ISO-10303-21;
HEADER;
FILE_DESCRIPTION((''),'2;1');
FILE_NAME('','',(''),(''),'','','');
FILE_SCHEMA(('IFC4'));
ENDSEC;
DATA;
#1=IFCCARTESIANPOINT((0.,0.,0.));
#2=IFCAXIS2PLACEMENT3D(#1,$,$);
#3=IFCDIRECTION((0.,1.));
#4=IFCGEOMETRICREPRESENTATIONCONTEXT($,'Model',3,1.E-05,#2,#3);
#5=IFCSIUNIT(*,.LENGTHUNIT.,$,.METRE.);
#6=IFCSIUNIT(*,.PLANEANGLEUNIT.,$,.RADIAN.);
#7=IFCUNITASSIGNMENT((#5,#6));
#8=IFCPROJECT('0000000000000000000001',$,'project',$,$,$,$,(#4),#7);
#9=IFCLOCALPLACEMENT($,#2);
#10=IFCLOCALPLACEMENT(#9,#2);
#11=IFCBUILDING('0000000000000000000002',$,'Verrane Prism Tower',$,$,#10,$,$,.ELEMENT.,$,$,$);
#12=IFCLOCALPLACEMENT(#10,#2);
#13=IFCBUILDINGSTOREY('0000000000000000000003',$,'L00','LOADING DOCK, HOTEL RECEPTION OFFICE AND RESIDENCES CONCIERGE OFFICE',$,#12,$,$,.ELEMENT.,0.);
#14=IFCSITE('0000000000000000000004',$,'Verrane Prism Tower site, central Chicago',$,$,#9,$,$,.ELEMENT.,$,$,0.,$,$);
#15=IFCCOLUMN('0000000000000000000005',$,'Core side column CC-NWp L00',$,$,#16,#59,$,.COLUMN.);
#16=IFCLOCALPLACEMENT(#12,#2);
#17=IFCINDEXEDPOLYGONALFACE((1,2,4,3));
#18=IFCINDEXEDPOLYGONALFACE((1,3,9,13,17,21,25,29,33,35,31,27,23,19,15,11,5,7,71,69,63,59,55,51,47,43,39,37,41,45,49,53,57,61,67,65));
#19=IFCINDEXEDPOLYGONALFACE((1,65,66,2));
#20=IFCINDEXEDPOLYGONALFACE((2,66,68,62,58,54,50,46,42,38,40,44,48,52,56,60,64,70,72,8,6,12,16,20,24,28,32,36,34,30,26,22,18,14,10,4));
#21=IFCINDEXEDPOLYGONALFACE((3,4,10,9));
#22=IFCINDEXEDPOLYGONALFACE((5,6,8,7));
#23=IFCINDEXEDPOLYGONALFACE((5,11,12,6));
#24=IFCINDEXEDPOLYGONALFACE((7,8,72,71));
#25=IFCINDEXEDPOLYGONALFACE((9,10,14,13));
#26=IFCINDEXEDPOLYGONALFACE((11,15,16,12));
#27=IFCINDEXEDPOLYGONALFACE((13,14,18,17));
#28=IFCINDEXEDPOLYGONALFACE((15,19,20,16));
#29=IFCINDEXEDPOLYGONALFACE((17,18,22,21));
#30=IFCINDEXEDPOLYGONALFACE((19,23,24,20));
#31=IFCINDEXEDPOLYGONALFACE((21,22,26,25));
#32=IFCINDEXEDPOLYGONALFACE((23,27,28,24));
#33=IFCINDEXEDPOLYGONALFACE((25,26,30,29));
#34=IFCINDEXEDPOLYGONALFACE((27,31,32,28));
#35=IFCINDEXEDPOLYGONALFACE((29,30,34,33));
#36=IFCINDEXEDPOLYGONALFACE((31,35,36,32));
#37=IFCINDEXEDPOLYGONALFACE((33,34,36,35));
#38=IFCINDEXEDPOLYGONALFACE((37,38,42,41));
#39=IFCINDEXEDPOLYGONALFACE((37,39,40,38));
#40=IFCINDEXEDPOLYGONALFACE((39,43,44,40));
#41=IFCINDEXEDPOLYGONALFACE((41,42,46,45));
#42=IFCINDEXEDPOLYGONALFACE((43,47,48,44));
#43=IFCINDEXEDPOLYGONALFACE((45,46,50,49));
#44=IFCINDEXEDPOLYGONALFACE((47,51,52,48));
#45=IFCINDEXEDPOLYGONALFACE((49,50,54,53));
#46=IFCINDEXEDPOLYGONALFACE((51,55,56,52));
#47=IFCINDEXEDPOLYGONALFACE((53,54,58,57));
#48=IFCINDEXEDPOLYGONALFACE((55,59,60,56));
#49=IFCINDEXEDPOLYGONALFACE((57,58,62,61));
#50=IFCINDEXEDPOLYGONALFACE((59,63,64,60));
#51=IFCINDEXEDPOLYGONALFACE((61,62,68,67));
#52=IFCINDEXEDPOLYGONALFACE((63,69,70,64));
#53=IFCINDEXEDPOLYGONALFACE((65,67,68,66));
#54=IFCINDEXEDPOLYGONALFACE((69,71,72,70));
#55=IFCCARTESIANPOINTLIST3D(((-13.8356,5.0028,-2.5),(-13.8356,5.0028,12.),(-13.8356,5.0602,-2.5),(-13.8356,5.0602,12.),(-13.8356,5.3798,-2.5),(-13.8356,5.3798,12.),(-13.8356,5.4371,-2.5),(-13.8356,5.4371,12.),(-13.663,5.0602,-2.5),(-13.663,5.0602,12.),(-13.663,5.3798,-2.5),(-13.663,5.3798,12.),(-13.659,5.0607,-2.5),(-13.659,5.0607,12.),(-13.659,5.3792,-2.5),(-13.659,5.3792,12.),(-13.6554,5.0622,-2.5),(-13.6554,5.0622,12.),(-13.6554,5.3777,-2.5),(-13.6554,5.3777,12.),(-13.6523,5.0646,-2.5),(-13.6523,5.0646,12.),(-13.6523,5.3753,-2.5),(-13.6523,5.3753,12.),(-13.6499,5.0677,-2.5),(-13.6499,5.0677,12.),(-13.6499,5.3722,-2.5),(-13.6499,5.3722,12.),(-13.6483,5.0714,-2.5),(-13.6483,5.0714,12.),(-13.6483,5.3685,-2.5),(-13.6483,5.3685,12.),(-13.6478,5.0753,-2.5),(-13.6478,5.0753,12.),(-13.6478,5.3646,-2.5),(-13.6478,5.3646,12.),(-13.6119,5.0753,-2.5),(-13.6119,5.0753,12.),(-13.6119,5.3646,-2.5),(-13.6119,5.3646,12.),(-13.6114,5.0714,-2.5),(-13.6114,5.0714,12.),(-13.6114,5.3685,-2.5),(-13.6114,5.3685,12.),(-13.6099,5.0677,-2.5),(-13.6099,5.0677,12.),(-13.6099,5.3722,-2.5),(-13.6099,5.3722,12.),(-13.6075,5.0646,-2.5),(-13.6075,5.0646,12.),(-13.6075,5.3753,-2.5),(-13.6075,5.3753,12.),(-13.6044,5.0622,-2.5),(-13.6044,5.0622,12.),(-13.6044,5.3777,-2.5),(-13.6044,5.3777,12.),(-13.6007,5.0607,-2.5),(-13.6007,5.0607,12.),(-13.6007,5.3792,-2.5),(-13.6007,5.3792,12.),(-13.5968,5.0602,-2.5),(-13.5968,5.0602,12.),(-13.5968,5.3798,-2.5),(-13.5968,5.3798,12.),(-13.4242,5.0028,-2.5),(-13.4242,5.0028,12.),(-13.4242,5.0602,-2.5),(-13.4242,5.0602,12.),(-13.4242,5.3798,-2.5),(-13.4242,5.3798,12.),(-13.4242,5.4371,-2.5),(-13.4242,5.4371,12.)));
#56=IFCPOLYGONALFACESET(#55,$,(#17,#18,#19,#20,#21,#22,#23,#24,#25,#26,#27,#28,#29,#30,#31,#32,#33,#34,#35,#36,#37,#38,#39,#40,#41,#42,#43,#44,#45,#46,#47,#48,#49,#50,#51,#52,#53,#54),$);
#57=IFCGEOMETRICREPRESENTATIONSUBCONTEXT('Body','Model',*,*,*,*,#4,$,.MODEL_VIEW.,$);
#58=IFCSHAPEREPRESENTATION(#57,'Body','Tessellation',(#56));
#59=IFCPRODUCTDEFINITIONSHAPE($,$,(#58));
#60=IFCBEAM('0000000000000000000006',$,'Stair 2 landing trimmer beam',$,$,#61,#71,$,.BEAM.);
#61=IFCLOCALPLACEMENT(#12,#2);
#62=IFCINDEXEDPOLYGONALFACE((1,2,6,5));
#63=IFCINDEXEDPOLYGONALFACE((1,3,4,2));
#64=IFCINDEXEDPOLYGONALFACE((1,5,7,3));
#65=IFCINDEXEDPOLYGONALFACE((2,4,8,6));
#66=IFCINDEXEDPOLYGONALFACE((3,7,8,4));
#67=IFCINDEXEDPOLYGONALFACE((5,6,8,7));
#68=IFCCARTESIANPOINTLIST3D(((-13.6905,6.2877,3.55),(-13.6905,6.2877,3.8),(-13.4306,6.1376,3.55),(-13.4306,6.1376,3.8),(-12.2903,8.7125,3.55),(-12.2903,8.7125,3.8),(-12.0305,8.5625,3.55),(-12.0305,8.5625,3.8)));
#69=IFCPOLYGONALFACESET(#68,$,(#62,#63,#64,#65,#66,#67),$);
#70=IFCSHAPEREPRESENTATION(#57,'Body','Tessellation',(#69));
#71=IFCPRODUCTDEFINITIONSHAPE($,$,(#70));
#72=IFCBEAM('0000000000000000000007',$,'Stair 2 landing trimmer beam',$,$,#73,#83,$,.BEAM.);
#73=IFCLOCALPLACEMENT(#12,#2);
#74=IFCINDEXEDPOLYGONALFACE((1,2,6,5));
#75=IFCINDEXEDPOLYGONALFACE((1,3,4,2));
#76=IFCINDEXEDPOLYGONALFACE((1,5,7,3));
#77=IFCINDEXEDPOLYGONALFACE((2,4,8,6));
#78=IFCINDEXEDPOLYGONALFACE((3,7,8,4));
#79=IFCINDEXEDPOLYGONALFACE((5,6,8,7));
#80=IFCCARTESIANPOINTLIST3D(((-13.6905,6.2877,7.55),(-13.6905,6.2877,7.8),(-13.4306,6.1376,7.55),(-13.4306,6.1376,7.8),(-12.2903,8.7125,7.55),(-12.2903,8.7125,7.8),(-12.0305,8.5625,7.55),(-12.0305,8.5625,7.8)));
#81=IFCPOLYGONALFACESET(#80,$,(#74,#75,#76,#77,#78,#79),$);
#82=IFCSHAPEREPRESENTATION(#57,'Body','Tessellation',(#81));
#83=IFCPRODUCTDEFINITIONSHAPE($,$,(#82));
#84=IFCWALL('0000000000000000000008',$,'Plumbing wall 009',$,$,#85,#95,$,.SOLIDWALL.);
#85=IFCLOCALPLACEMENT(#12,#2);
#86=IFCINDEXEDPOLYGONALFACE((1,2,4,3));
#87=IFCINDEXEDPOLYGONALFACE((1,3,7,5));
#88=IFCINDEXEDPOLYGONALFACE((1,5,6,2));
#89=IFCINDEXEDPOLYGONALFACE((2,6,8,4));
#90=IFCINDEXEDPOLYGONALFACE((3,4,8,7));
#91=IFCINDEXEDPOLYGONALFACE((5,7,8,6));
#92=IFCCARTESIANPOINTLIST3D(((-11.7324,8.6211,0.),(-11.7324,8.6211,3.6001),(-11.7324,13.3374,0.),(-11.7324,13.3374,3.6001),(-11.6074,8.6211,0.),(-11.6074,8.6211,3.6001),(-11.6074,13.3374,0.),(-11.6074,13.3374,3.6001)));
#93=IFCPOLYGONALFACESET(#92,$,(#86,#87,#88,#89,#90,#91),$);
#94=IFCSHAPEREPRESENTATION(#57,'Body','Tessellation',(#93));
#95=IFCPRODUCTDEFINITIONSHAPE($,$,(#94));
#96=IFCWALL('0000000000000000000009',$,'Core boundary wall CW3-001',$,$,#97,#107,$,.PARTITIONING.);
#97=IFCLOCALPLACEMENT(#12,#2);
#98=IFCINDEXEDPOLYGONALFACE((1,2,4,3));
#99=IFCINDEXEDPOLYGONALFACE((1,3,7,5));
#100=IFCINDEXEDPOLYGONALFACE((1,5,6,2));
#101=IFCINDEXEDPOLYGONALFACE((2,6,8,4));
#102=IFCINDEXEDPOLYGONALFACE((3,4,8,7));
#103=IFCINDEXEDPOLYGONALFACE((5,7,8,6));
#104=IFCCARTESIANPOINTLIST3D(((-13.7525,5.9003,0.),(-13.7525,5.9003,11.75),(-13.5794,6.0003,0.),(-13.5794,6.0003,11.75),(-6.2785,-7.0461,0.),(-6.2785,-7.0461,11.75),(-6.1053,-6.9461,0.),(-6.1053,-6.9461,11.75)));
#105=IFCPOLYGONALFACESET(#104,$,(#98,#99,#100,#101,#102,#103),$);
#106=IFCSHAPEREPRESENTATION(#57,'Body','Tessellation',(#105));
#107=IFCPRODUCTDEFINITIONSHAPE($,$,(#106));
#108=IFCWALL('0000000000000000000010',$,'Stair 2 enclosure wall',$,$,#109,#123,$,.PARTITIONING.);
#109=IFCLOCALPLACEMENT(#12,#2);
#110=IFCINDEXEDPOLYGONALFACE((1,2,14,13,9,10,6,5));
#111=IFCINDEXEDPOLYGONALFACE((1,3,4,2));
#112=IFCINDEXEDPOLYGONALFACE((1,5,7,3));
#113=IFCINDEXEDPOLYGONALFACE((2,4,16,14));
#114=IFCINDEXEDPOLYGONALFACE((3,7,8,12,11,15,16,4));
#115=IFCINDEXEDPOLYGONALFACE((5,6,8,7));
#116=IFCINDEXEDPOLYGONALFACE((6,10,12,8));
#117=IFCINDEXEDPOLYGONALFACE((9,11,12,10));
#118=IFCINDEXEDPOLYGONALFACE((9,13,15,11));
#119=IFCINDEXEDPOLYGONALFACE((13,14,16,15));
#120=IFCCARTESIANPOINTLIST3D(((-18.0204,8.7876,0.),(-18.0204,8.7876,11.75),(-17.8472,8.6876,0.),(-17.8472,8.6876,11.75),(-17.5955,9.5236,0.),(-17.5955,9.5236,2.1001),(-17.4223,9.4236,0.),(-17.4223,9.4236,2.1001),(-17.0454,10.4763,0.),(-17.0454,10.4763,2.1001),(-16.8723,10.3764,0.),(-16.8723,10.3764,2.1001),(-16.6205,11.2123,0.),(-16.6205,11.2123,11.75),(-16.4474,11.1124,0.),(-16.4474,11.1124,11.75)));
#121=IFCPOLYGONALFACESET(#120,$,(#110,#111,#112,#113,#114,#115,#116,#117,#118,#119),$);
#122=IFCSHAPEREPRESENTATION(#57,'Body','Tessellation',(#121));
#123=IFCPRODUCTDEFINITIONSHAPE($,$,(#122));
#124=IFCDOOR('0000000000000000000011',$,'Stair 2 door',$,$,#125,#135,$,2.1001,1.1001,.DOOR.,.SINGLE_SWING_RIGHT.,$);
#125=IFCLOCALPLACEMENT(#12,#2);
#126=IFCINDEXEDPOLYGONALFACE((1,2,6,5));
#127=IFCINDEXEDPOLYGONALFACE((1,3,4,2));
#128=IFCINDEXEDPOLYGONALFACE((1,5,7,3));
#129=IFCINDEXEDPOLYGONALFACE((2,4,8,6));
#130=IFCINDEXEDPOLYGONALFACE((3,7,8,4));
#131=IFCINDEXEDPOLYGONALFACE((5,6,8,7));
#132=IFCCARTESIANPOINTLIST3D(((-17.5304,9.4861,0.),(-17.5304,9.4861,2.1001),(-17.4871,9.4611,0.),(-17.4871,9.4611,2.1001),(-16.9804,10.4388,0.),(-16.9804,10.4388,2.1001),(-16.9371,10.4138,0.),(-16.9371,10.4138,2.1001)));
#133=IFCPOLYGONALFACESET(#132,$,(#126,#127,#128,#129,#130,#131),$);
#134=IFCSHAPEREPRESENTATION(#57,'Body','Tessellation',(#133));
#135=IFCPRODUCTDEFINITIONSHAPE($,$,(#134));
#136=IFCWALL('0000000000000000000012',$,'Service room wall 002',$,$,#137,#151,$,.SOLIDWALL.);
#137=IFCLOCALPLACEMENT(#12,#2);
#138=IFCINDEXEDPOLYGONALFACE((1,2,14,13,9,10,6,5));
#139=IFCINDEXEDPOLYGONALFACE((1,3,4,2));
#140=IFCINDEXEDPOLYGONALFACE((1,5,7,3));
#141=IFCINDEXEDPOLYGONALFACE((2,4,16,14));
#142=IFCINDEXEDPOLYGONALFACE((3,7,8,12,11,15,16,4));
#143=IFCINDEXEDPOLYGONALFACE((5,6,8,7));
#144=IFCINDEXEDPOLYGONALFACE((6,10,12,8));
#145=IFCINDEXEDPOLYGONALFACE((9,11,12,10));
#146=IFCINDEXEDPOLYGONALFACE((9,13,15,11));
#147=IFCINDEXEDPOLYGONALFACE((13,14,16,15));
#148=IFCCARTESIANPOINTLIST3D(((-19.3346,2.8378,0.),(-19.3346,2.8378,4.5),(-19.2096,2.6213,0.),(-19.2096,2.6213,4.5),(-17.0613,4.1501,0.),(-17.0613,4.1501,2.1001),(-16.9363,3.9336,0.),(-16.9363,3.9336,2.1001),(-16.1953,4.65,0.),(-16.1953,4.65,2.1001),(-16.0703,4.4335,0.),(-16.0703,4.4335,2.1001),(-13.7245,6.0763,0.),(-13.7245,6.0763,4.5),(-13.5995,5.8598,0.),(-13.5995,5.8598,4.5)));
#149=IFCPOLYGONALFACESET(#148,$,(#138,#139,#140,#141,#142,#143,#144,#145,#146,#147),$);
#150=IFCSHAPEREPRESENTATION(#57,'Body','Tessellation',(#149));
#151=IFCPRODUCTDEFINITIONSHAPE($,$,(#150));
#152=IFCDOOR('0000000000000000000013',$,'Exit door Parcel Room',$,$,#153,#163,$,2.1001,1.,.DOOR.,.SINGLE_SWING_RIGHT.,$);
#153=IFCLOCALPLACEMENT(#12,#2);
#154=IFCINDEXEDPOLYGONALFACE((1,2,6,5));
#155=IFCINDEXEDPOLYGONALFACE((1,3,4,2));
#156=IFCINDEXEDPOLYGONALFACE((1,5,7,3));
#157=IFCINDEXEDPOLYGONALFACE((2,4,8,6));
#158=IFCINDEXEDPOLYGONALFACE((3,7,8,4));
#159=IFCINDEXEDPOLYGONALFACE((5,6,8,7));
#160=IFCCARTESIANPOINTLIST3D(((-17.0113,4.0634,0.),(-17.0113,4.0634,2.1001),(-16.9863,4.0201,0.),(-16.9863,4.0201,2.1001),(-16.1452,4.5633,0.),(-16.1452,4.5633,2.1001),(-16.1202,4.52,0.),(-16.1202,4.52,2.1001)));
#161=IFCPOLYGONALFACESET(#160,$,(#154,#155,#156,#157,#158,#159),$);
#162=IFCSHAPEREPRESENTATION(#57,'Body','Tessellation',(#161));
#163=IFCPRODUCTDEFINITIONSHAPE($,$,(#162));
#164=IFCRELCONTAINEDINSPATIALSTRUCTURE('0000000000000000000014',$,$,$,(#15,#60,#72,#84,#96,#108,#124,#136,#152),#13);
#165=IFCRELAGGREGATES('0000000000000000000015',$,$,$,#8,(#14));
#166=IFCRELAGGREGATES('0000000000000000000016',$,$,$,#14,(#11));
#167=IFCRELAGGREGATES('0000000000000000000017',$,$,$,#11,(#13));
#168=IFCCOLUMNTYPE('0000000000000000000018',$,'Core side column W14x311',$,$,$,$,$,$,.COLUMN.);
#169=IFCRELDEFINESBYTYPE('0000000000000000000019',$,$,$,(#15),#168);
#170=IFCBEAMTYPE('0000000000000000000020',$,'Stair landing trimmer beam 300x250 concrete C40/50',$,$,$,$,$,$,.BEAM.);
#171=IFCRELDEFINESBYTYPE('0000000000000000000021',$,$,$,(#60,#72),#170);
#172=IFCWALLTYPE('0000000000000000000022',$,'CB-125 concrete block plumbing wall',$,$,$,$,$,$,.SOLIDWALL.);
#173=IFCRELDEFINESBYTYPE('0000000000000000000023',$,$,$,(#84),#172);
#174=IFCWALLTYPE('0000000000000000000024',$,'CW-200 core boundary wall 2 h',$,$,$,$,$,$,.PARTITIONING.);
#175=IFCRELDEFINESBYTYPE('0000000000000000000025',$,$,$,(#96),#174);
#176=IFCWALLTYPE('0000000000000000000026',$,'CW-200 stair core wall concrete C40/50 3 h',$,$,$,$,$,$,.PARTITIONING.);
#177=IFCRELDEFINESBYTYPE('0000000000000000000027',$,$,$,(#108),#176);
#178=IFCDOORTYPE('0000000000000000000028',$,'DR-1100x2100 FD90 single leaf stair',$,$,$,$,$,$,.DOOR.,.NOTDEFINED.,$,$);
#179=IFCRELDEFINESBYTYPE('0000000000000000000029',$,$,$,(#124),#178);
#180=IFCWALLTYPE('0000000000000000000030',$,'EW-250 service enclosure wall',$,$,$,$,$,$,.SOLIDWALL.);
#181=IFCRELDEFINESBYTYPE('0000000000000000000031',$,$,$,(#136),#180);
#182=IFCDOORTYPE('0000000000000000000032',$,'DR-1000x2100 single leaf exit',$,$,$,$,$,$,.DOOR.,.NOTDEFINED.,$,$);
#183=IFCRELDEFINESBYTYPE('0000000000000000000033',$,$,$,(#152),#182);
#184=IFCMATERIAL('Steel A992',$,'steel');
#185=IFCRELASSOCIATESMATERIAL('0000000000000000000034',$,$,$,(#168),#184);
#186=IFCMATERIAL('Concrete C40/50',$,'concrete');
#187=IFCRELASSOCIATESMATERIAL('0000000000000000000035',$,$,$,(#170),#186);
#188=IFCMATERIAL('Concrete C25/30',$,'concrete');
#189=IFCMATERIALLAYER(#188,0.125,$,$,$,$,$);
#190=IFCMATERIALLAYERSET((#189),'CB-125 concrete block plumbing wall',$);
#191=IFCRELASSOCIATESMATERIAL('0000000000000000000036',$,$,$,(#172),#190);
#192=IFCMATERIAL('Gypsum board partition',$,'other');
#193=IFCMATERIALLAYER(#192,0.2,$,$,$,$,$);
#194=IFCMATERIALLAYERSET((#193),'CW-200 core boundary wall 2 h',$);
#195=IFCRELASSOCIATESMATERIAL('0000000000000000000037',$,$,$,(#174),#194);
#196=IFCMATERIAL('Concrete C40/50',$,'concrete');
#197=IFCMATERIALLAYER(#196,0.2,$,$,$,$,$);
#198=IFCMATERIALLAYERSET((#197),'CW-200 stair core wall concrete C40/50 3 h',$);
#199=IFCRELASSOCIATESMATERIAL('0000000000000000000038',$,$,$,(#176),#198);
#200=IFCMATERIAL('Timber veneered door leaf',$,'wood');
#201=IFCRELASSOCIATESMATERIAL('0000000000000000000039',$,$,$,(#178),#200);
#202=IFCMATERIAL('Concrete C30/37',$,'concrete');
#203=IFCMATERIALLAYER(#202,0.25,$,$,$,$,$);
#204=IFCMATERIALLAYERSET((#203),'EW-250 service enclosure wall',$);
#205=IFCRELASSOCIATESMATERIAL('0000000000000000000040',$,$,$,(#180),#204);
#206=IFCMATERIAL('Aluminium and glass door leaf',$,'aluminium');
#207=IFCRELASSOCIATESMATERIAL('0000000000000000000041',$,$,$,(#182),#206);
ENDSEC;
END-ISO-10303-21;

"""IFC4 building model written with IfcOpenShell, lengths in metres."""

from ifc_helpers import new_model, si_unit, direction, frame, frame_2d, origin, origin_2d, place, context, subcontext, project, spatial, rectangle, i_section, extrude, material, layer, layer_set, material_profile, profile_set, type_object, element, fill, save


model = new_model("IFC4")

# Units and contexts
model_context = context("Model", 3, precision=1e-05, world=origin(), true_north=direction((0.0, 1.0)))
body_context = subcontext(model_context, "Body", "Model", "MODEL_VIEW")
ifc_project = project(units=[si_unit("LENGTHUNIT", "METRE"), si_unit("PLANEANGLEUNIT", "RADIAN")], contexts=[model_context])

# Site, building, storey
site_placement = place(None, origin())
site = spatial("IfcSite", under=ifc_project, at=site_placement, Name="Verrane Prism Tower site, central Chicago", CompositionType="ELEMENT", RefElevation=0.0)
building_placement = place(site_placement, origin())
building = spatial("IfcBuilding", under=site, at=building_placement, Name="Verrane Prism Tower", CompositionType="ELEMENT")
storey_placement = place(building_placement, origin())
storey = spatial("IfcBuildingStorey", under=building, at=storey_placement, Name="L00", Description="LOADING DOCK, HOTEL RECEPTION OFFICE AND RESIDENCES CONCIERGE OFFICE", CompositionType="ELEMENT", Elevation=0.0)

# Column
ifc_material_1 = material(Name="Steel A992", Category="steel")
ifc_material_profile_1 = material_profile(ifc_material_1, i_section(OverallWidth=0.4114, OverallDepth=0.4343, WebThickness=0.0359, FlangeThickness=0.0574, FilletRadius=0.0151, at=origin_2d()), Name="W14x311")
ifc_profile_set_1 = profile_set([ifc_material_profile_1], Name="Steel A992")
column_type_1 = type_object("IfcColumnType", Name="Core side column W14x311", PredefinedType="COLUMN", material=ifc_profile_set_1)
column_1_placement = place(storey_placement, frame((-13.6299, 5.22, -2.5), z_axis=(0.0, 0.0, 1.0), x_axis=(1.0, 0.0, 0.0)))
element("IfcColumn", 1, at=column_1_placement, inside=storey, type_object=column_type_1, Name="Core side column CC-NWp L00", PredefinedType="COLUMN", context=body_context, shape_type="SweptSolid", body=[
    extrude(i_section(OverallWidth=0.4114, OverallDepth=0.4343, WebThickness=0.0359, FlangeThickness=0.0574, FilletRadius=0.0151, at=origin_2d()), origin(), (0.0, 0.0, 1.0), 14.5),
])

# Beams
ifc_material_2 = material(Name="Concrete C40/50", Category="concrete")
ifc_material_profile_2 = material_profile(ifc_material_2, rectangle(XDim=0.3, YDim=0.25, at=origin_2d()), Name="RC 300x250")
ifc_profile_set_2 = profile_set([ifc_material_profile_2], Name="Concrete C40/50")
beam_type = type_object("IfcBeamType", Name="Stair landing trimmer beam 300x250 concrete C40/50", PredefinedType="BEAM", material=ifc_profile_set_2)
for number, where, z_axis, x_axis, name in (
    (2, (-13.5605, 6.2126, 3.675), (0.50005, 0.865997, 0.0), (-0.865997, 0.50005, 0.0), "Stair 2 landing trimmer beam"),
    (3, (-13.5605, 6.2126, 7.675), (0.50005, 0.865997, 0.0), (-0.865997, 0.50005, 0.0), "Stair 2 landing trimmer beam"),
):
    element("IfcBeam", number, at=place(storey_placement, frame(where, z_axis=z_axis, x_axis=x_axis)), inside=storey, type_object=beam_type, Name=name, PredefinedType="BEAM", context=body_context, shape_type="SweptSolid", body=[
        extrude(rectangle(XDim=0.3, YDim=0.25, at=origin_2d()), origin(), (0.0, 0.0, 1.0), 2.8),
    ])

# Walls
ifc_material_3 = material(Name="Concrete C25/30", Category="concrete")
ifc_layer_1 = layer(ifc_material_3, 0.125)
ifc_layer_set_1 = layer_set([ifc_layer_1], Name="CB-125 concrete block plumbing wall")
wall_type_1 = type_object("IfcWallType", Name="CB-125 concrete block plumbing wall", PredefinedType="SOLIDWALL", material=ifc_layer_set_1)
wall_1_placement = place(storey_placement, frame((-11.6699, 8.6211, 0.0), z_axis=(0.0, 0.0, 1.0), x_axis=(0.0, 1.0, 0.0)))
element("IfcWall", 4, at=wall_1_placement, inside=storey, type_object=wall_type_1, Name="Plumbing wall 009", PredefinedType="SOLIDWALL", context=body_context, shape_type="SweptSolid", body=[
    extrude(rectangle(XDim=4.7163, YDim=0.125, at=frame_2d((2.3582, 0.0))), origin(), (0.0, 0.0, 1.0), 3.6001),
])
ifc_material_4 = material(Name="Gypsum board partition", Category="other")
ifc_layer_2 = layer(ifc_material_4, 0.2)
ifc_layer_set_2 = layer_set([ifc_layer_2], Name="CW-200 core boundary wall 2 h")
wall_type_2 = type_object("IfcWallType", Name="CW-200 core boundary wall 2 h", PredefinedType="PARTITIONING", material=ifc_layer_set_2)
wall_2_placement = place(storey_placement, frame((-13.666, 5.9504, 0.0), z_axis=(0.0, 0.0, 1.0), x_axis=(0.499972, -0.866042, 0.0)))
element("IfcWall", 5, at=wall_2_placement, inside=storey, type_object=wall_type_2, Name="Core boundary wall CW3-001", PredefinedType="PARTITIONING", context=body_context, shape_type="SweptSolid", body=[
    extrude(rectangle(XDim=14.949, YDim=0.2, at=frame_2d((7.4746, 0.0))), origin(), (0.0, 0.0, 1.0), 11.75),
])

# Walls, openings, doors
ifc_material_5 = material(Name="Concrete C40/50", Category="concrete")
ifc_layer_3 = layer(ifc_material_5, 0.2)
ifc_layer_set_3 = layer_set([ifc_layer_3], Name="CW-200 stair core wall concrete C40/50 3 h")
wall_type_3 = type_object("IfcWallType", Name="CW-200 stair core wall concrete C40/50 3 h", PredefinedType="PARTITIONING", material=ifc_layer_set_3)
wall_3_placement = place(storey_placement, frame((-16.5339, 11.1624, 0.0), z_axis=(0.0, 0.0, 1.0), x_axis=(-0.499984, -0.866035, 0.0)))
wall_3 = element("IfcWall", 6, at=wall_3_placement, inside=storey, type_object=wall_type_3, Name="Stair 2 enclosure wall", PredefinedType="PARTITIONING", context=body_context, shape_type="SweptSolid", body=[
    extrude(rectangle(XDim=2.7998, YDim=0.2, at=frame_2d((1.3999, 0.0))), origin(), (0.0, 0.0, 1.0), 11.75),
])
opening_1_placement = place(wall_3_placement, frame((0.8499, 0.0, 0.0)))
opening_1 = element("IfcOpeningElement", 7, at=opening_1_placement, cuts=wall_3, PredefinedType="OPENING", context=body_context, shape_type="SweptSolid", body=[
    extrude(rectangle(XDim=1.1001, YDim=2.1001, at=frame_2d((0.55, 1.05))), frame((0.0, 0.1099, 0.0), z_axis=(0.0, -1.0, 0.0), x_axis=(1.0, 0.0, 0.0)), (0.0, 0.0, 1.0), 0.22),
])
ifc_material_6 = material(Name="Timber veneered door leaf", Category="wood")
door_type_1 = type_object("IfcDoorType", Name="DR-1100x2100 FD90 single leaf stair", OperationType="NOTDEFINED", PredefinedType="DOOR", material=ifc_material_6)
door_1_placement = place(opening_1_placement, frame((1.1001, 0.0, 0.0), z_axis=(0.0, 0.0, 1.0), x_axis=(-1.0, 0.0, 0.0)))
door_1 = element("IfcDoor", 8, at=door_1_placement, inside=storey, type_object=door_type_1, Name="Stair 2 door", OperationType="SINGLE_SWING_RIGHT", OverallHeight=2.1001, OverallWidth=1.1001, PredefinedType="DOOR", context=body_context, shape_type="SweptSolid", body=[
    extrude(rectangle(XDim=1.1001, YDim=2.1001, at=frame_2d((0.55, 1.05))), frame((0.0, 0.0249, 0.0), z_axis=(0.0, -1.0, 0.0), x_axis=(1.0, 0.0, 0.0)), (0.0, 0.0, 1.0), 0.05),
])
fill(opening_1, door_1)
ifc_material_7 = material(Name="Concrete C30/37", Category="concrete")
ifc_layer_4 = layer(ifc_material_7, 0.25)
ifc_layer_set_4 = layer_set([ifc_layer_4], Name="EW-250 service enclosure wall")
wall_type_4 = type_object("IfcWallType", Name="EW-250 service enclosure wall", PredefinedType="SOLIDWALL", material=ifc_layer_set_4)
wall_4_placement = place(storey_placement, frame((-13.6621, 5.968, 0.0), z_axis=(0.0, 0.0, 1.0), x_axis=(-0.866057, -0.499945, 0.0)))
wall_4 = element("IfcWall", 9, at=wall_4_placement, inside=storey, type_object=wall_type_4, Name="Service room wall 002", PredefinedType="SOLIDWALL", context=body_context, shape_type="SweptSolid", body=[
    extrude(rectangle(XDim=6.4778, YDim=0.25, at=frame_2d((3.2388, 0.0))), origin(), (0.0, 0.0, 1.0), 4.5),
])
opening_2_placement = place(wall_4_placement, frame((2.8528, 0.0, 0.0)))
opening_2 = element("IfcOpeningElement", 10, at=opening_2_placement, cuts=wall_4, PredefinedType="OPENING", context=body_context, shape_type="SweptSolid", body=[
    extrude(rectangle(XDim=1.0, YDim=2.1001, at=frame_2d((0.5, 1.05))), frame((0.0, 0.135, 0.0), z_axis=(0.0, -1.0, 0.0), x_axis=(1.0, 0.0, 0.0)), (0.0, 0.0, 1.0), 0.27),
])
ifc_material_8 = material(Name="Aluminium and glass door leaf", Category="aluminium")
door_type_2 = type_object("IfcDoorType", Name="DR-1000x2100 single leaf exit", OperationType="NOTDEFINED", PredefinedType="DOOR", material=ifc_material_8)
door_2_placement = place(opening_2_placement, frame((1.0, 0.0, 0.0), z_axis=(0.0, 0.0, 1.0), x_axis=(-1.0, 0.0, 0.0)))
door_2 = element("IfcDoor", 11, at=door_2_placement, inside=storey, type_object=door_type_2, Name="Exit door Parcel Room", OperationType="SINGLE_SWING_RIGHT", OverallHeight=2.1001, OverallWidth=1.0, PredefinedType="DOOR", context=body_context, shape_type="SweptSolid", body=[
    extrude(rectangle(XDim=1.0, YDim=2.1001, at=frame_2d((0.5, 1.05))), frame((0.0, 0.0249, 0.0), z_axis=(0.0, -1.0, 0.0), x_axis=(1.0, 0.0, 0.0)), (0.0, 0.0, 1.0), 0.05),
])
fill(opening_2, door_2)

save(model, "model.ifc")
